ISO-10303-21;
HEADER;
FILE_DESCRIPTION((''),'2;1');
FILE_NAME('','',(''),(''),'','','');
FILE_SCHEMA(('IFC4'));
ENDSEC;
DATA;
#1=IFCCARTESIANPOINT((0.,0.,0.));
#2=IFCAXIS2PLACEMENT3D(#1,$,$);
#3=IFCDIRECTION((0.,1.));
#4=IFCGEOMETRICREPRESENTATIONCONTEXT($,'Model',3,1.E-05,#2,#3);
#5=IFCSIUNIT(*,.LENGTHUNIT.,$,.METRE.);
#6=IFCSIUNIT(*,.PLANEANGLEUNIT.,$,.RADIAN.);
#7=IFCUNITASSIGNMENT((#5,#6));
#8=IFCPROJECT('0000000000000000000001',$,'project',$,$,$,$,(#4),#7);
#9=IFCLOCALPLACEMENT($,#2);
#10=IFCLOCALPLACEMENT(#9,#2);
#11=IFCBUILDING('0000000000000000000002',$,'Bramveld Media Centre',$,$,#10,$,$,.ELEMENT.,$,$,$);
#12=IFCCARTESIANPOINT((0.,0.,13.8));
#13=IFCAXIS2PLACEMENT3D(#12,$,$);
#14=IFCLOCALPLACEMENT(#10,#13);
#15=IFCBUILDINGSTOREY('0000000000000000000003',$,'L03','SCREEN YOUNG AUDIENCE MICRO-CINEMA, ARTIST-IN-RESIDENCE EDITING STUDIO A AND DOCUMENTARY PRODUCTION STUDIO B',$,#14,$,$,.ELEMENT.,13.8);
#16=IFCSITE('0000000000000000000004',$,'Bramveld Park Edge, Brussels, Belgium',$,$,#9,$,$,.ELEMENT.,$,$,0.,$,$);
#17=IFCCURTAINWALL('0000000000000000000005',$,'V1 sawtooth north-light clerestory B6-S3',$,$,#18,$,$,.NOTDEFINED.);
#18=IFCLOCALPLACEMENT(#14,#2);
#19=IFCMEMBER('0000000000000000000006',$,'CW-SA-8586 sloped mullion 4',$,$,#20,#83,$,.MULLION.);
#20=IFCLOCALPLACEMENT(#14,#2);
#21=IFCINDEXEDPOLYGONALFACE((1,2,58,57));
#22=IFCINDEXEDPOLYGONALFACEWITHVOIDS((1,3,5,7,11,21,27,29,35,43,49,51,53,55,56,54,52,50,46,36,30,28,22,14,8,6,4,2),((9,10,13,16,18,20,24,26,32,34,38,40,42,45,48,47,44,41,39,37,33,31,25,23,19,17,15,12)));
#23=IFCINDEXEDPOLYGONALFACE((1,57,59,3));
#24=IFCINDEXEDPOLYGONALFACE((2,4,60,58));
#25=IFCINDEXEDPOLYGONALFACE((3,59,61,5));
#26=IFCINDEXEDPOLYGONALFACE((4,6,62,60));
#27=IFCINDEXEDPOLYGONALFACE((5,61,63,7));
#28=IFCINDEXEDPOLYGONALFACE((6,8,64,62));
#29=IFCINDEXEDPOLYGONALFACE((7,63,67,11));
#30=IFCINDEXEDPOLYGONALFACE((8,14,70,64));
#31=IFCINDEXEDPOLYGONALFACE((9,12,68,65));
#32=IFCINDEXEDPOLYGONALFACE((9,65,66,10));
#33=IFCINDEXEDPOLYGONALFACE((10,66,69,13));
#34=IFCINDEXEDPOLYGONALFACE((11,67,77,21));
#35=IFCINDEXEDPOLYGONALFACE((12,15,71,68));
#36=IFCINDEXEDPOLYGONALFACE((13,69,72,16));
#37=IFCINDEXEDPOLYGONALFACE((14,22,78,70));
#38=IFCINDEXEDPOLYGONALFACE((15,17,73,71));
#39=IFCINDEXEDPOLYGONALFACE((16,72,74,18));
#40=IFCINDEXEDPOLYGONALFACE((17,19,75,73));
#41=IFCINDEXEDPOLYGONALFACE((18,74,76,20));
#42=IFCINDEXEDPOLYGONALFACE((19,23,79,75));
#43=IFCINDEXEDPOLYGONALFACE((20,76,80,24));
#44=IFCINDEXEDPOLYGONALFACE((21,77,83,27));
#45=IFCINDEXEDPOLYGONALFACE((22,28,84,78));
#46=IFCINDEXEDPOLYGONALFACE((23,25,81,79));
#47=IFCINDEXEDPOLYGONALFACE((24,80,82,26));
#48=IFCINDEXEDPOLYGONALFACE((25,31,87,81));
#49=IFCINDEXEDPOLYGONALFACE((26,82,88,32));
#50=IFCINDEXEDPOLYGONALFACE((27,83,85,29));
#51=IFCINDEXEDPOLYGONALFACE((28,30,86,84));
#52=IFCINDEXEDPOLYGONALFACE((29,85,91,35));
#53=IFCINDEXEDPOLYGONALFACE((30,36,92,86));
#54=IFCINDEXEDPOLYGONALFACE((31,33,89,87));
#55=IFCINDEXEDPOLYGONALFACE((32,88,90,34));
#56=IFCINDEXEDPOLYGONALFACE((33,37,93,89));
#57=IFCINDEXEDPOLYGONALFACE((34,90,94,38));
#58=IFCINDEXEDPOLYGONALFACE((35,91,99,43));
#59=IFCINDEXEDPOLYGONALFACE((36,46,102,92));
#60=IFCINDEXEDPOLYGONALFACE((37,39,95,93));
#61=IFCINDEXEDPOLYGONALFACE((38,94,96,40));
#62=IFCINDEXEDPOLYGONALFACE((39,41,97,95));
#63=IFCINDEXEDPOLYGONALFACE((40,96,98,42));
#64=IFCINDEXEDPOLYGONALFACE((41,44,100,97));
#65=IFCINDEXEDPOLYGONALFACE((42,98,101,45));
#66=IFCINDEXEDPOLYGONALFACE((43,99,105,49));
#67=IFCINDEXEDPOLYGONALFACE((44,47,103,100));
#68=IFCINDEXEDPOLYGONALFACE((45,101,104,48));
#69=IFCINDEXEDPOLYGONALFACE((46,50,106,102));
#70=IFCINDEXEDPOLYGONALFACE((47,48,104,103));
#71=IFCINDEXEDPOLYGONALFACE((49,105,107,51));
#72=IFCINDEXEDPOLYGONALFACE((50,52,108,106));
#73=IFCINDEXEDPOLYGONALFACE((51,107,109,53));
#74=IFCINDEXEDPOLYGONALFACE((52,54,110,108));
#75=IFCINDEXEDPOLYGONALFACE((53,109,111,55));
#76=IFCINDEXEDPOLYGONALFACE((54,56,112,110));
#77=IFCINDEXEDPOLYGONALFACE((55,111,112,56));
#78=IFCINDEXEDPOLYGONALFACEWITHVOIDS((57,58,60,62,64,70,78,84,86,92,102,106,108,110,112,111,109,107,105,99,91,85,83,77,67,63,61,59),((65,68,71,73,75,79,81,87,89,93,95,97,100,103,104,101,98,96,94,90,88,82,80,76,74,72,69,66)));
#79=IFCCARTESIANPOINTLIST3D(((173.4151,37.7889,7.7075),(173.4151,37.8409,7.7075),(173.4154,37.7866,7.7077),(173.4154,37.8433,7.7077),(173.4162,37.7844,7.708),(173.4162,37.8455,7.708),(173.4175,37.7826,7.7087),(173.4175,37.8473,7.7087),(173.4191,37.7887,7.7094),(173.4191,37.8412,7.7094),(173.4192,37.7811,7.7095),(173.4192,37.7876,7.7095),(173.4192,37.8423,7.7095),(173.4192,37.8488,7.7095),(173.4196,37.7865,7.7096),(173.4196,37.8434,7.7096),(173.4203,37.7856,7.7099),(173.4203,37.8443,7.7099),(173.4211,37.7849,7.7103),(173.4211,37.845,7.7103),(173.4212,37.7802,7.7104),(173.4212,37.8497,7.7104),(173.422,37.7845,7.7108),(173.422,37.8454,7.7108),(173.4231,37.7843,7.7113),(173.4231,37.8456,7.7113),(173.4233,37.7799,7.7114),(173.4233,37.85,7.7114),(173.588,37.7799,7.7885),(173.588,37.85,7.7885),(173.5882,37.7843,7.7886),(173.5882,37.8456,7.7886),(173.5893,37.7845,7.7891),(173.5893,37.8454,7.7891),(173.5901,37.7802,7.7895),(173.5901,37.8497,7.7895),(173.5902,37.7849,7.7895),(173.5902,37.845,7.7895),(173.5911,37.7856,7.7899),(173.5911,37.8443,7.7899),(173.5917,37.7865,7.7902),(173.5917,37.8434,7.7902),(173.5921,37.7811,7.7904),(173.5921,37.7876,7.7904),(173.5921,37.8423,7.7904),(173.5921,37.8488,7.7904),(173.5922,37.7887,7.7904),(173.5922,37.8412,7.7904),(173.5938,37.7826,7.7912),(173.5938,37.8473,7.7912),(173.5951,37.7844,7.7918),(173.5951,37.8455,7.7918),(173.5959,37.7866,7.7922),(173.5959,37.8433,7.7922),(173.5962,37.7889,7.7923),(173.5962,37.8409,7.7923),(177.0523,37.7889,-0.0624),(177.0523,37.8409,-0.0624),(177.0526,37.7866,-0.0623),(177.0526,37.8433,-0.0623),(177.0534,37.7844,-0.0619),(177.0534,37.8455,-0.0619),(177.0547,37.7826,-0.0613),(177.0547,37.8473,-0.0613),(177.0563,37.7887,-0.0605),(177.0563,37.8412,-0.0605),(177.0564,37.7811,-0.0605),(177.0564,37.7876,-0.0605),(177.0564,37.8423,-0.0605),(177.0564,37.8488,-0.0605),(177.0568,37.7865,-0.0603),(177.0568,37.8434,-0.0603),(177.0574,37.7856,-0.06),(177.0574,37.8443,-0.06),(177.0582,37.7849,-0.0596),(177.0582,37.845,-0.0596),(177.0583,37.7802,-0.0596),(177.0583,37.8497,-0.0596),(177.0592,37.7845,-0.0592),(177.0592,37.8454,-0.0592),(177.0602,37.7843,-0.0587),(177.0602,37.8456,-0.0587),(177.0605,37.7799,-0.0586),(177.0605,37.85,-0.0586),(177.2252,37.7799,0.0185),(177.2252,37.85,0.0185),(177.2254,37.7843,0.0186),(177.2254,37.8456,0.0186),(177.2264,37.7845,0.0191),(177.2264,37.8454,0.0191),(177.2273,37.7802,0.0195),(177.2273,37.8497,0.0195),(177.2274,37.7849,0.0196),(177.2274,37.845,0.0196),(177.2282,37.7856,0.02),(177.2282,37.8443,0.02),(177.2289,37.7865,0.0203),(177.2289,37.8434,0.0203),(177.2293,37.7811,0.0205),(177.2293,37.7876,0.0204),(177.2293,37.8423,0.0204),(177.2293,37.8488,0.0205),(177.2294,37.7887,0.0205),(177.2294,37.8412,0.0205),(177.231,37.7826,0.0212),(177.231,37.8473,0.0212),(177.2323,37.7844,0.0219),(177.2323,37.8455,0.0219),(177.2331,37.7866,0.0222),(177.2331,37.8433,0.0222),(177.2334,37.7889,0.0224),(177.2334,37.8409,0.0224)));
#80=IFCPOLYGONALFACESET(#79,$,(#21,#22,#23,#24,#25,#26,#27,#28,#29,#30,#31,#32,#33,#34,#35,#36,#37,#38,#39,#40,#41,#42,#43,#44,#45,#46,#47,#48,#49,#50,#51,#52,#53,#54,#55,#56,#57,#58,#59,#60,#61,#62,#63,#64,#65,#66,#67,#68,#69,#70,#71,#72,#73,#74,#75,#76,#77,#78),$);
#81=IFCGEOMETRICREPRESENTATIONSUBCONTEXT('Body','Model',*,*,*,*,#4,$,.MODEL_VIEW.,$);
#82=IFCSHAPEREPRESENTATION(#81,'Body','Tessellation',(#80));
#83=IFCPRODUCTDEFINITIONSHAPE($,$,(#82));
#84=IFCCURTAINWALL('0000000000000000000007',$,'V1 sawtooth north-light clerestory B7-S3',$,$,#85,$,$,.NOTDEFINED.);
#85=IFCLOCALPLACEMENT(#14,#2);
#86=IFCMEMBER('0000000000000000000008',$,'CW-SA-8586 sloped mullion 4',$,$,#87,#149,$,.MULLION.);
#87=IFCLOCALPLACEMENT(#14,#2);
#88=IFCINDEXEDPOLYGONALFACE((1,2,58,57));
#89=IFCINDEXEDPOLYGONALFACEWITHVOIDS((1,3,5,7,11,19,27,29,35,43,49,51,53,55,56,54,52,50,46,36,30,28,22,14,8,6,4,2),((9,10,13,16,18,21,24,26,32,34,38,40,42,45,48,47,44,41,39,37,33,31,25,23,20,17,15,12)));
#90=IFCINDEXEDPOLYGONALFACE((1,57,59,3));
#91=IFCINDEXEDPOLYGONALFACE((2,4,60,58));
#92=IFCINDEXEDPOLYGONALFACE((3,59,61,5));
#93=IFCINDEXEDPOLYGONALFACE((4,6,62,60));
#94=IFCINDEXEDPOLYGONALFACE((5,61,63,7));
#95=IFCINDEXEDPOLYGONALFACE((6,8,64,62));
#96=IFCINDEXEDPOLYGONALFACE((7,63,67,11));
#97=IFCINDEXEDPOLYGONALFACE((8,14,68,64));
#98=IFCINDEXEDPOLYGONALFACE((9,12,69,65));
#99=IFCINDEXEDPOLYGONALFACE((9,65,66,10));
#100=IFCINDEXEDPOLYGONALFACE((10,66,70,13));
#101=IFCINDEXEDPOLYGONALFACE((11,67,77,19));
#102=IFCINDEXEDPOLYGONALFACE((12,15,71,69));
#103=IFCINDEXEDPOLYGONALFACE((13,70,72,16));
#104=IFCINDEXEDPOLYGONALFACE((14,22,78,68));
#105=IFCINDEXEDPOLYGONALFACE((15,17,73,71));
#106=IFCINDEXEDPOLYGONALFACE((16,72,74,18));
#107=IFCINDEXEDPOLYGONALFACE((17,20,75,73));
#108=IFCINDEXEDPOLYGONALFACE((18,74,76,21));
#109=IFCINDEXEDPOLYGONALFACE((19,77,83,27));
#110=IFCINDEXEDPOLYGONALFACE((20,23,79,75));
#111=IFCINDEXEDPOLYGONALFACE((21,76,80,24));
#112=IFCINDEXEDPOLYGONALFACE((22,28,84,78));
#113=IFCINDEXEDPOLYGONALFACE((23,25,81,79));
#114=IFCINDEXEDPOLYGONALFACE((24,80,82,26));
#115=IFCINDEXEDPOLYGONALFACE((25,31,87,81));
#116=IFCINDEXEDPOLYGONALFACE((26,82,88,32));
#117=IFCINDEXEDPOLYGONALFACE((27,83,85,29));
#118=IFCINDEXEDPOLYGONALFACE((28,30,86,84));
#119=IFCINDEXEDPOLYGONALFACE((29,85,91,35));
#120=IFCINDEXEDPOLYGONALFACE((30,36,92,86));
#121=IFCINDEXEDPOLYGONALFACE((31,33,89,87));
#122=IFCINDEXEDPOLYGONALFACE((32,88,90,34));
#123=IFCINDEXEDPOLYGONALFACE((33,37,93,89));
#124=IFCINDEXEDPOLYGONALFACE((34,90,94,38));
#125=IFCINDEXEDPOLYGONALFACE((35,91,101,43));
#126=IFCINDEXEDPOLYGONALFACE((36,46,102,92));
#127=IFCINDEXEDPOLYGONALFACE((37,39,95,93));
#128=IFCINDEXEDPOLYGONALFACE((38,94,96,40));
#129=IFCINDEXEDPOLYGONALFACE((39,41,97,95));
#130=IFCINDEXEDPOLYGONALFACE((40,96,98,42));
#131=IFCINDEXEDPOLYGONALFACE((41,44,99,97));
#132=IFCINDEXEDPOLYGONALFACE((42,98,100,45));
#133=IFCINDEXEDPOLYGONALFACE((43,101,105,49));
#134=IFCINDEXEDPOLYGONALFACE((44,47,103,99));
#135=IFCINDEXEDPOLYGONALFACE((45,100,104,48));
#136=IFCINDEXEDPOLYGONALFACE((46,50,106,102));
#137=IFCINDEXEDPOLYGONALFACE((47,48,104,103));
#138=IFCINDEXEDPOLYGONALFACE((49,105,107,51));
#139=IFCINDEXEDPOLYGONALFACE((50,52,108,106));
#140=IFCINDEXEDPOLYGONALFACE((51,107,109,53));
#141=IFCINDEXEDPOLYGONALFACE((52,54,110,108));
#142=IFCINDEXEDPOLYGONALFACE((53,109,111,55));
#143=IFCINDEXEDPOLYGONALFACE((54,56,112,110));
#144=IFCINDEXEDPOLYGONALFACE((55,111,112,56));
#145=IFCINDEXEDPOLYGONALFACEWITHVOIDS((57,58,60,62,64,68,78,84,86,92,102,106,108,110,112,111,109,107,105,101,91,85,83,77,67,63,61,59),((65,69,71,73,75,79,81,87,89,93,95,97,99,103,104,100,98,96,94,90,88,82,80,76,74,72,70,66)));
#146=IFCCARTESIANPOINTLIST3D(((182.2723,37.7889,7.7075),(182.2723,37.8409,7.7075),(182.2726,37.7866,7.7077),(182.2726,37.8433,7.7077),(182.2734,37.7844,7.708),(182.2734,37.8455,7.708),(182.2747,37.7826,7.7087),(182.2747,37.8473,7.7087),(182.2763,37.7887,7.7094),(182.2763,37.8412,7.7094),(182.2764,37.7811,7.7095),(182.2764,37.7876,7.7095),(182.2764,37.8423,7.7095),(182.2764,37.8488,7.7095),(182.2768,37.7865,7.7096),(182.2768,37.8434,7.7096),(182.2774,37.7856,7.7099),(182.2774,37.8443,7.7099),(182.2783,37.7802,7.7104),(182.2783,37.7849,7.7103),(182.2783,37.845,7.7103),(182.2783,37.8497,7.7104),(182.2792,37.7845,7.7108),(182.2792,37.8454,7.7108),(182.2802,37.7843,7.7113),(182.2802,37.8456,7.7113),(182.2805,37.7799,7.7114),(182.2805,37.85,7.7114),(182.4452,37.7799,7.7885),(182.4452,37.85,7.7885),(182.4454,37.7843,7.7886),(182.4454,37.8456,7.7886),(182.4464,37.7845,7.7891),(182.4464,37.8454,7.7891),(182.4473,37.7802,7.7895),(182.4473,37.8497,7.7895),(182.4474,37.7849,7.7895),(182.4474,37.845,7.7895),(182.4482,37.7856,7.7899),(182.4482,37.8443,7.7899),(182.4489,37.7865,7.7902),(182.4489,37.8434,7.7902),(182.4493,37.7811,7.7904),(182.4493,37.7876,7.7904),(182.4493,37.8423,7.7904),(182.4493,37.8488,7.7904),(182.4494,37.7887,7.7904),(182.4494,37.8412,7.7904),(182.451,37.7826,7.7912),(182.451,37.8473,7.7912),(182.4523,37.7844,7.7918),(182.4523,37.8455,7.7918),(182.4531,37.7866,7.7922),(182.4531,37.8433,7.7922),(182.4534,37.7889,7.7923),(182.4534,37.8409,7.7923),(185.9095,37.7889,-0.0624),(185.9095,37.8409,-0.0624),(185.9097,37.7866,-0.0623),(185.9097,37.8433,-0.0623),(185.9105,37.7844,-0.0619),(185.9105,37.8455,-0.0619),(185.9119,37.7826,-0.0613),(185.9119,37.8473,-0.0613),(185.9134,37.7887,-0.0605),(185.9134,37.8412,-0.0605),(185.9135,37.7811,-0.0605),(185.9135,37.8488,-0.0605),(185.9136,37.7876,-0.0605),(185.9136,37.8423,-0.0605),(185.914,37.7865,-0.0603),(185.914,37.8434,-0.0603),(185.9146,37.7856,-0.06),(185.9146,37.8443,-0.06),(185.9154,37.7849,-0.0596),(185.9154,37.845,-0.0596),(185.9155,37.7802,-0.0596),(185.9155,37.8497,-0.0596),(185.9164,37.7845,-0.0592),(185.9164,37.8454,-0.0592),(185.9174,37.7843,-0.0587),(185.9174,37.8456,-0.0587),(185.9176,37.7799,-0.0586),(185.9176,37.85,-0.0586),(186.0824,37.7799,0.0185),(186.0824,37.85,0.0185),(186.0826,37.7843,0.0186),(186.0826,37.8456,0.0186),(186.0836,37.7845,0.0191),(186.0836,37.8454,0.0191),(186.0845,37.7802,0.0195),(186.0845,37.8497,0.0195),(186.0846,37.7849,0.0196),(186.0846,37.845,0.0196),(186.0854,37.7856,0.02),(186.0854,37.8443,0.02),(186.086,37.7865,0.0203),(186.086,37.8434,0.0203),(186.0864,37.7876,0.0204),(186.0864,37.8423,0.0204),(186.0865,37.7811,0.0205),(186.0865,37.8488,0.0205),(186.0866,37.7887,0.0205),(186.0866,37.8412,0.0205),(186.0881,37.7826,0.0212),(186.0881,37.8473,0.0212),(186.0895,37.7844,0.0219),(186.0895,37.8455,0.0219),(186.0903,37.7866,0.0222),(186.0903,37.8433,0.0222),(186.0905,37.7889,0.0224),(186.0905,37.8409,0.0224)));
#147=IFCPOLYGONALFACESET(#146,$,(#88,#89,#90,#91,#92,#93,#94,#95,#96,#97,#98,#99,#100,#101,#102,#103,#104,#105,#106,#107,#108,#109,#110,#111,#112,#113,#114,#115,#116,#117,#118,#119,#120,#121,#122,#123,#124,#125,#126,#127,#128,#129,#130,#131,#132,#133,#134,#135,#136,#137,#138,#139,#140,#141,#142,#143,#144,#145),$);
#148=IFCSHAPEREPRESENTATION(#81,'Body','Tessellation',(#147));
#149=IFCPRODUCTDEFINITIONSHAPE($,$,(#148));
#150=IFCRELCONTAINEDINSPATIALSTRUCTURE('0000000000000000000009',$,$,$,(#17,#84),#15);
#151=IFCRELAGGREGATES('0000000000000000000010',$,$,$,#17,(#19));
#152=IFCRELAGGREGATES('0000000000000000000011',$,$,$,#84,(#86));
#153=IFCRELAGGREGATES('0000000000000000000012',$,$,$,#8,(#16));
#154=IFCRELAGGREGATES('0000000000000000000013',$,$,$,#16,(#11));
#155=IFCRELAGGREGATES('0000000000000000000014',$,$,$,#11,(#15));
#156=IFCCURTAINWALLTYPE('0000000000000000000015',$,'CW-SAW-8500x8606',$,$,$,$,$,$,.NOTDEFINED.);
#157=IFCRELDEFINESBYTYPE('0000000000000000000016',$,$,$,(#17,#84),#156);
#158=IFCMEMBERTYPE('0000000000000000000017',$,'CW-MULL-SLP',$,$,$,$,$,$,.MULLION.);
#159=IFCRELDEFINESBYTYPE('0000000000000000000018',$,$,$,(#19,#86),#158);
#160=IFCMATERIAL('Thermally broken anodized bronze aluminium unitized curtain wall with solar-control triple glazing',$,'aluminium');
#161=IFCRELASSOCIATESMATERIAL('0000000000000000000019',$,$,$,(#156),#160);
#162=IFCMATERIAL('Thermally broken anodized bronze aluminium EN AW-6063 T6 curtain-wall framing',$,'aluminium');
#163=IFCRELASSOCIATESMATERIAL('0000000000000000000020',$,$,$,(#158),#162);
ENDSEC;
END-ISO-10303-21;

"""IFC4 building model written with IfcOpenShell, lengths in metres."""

from ifc_helpers import new_model, si_unit, direction, frame, origin, origin_2d, place, context, subcontext, project, spatial, hollow_rectangle, extrude, material, material_profile, profile_set, type_object, element, aggregate, save


model = new_model("IFC4")

# Units and contexts
model_context = context("Model", 3, precision=1e-05, world=origin(), true_north=direction((0.0, 1.0)))
body_context = subcontext(model_context, "Body", "Model", "MODEL_VIEW")
ifc_project = project(units=[si_unit("LENGTHUNIT", "METRE"), si_unit("PLANEANGLEUNIT", "RADIAN")], contexts=[model_context])

# Site, building, storey
site_placement = place(None, origin())
site = spatial("IfcSite", under=ifc_project, at=site_placement, Name="Bramveld Park Edge, Brussels, Belgium", CompositionType="ELEMENT", RefElevation=0.0)
building_placement = place(site_placement, origin())
building = spatial("IfcBuilding", under=site, at=building_placement, Name="Bramveld Media Centre", CompositionType="ELEMENT")
storey_placement = place(building_placement, frame((0.0, 0.0, 13.8)))
storey = spatial("IfcBuildingStorey", under=building, at=storey_placement, Name="L03", Description="SCREEN YOUNG AUDIENCE MICRO-CINEMA, ARTIST-IN-RESIDENCE EDITING STUDIO A AND DOCUMENTARY PRODUCTION STUDIO B", CompositionType="ELEMENT", Elevation=13.8)

# Curtain walls, members
ifc_material_1 = material(Name="Thermally broken anodized bronze aluminium unitized curtain wall with solar-control triple glazing", Category="aluminium")
curtain_wall_type = type_object("IfcCurtainWallType", Name="CW-SAW-8500x8606", PredefinedType="NOTDEFINED", material=ifc_material_1)
curtain_wall_1_placement = place(storey_placement, origin())
curtain_wall_1 = element("IfcCurtainWall", 1, at=curtain_wall_1_placement, inside=storey, type_object=curtain_wall_type, Name="V1 sawtooth north-light clerestory B6-S3", PredefinedType="NOTDEFINED")
ifc_material_2 = material(Name="Thermally broken anodized bronze aluminium EN AW-6063 T6 curtain-wall framing", Category="aluminium")
ifc_material_profile_1 = material_profile(ifc_material_2, hollow_rectangle(XDim=0.0701, YDim=0.2, WallThickness=0.0044, InnerFilletRadius=0.0044, OuterFilletRadius=0.009, at=origin_2d()), Name="AL-MULL 70x200")
ifc_profile_set_1 = profile_set([ifc_material_profile_1], Name="Thermally broken anodized bronze aluminium EN AW-6063 T6 curtain-wall framing")
member_type_1 = type_object("IfcMemberType", Name="CW-MULL-SLP", PredefinedType="MULLION", material=ifc_profile_set_1)
member_1_placement = place(storey_placement, frame((177.1428, 37.8149, -0.02), z_axis=(-0.423957, 0.0, 0.905682), x_axis=(0.0, -1.0, 0.0)))
member_1 = element("IfcMember", 2, at=member_1_placement, type_object=member_type_1, Name="CW-SA-8586 sloped mullion 4", PredefinedType="MULLION", context=body_context, shape_type="SweptSolid", body=[
    extrude(hollow_rectangle(XDim=0.0701, YDim=0.2, WallThickness=0.0044, InnerFilletRadius=0.0044, OuterFilletRadius=0.009, at=origin_2d()), origin(), (0.0, 0.0, 1.0), 8.5791),
])
curtain_wall_2_placement = place(storey_placement, origin())
curtain_wall_2 = element("IfcCurtainWall", 3, at=curtain_wall_2_placement, inside=storey, type_object=curtain_wall_type, Name="V1 sawtooth north-light clerestory B7-S3", PredefinedType="NOTDEFINED")
member_2_placement = place(storey_placement, frame((186.0, 37.8149, -0.02), z_axis=(-0.423957, 0.0, 0.905682), x_axis=(0.0, -1.0, 0.0)))
member_2 = element("IfcMember", 4, at=member_2_placement, type_object=member_type_1, Name="CW-SA-8586 sloped mullion 4", PredefinedType="MULLION", context=body_context, shape_type="SweptSolid", body=[
    extrude(hollow_rectangle(XDim=0.0701, YDim=0.2, WallThickness=0.0044, InnerFilletRadius=0.0044, OuterFilletRadius=0.009, at=origin_2d()), origin(), (0.0, 0.0, 1.0), 8.5791),
])

aggregate(curtain_wall_1, [member_1])
aggregate(curtain_wall_2, [member_2])

save(model, "model.ifc")
